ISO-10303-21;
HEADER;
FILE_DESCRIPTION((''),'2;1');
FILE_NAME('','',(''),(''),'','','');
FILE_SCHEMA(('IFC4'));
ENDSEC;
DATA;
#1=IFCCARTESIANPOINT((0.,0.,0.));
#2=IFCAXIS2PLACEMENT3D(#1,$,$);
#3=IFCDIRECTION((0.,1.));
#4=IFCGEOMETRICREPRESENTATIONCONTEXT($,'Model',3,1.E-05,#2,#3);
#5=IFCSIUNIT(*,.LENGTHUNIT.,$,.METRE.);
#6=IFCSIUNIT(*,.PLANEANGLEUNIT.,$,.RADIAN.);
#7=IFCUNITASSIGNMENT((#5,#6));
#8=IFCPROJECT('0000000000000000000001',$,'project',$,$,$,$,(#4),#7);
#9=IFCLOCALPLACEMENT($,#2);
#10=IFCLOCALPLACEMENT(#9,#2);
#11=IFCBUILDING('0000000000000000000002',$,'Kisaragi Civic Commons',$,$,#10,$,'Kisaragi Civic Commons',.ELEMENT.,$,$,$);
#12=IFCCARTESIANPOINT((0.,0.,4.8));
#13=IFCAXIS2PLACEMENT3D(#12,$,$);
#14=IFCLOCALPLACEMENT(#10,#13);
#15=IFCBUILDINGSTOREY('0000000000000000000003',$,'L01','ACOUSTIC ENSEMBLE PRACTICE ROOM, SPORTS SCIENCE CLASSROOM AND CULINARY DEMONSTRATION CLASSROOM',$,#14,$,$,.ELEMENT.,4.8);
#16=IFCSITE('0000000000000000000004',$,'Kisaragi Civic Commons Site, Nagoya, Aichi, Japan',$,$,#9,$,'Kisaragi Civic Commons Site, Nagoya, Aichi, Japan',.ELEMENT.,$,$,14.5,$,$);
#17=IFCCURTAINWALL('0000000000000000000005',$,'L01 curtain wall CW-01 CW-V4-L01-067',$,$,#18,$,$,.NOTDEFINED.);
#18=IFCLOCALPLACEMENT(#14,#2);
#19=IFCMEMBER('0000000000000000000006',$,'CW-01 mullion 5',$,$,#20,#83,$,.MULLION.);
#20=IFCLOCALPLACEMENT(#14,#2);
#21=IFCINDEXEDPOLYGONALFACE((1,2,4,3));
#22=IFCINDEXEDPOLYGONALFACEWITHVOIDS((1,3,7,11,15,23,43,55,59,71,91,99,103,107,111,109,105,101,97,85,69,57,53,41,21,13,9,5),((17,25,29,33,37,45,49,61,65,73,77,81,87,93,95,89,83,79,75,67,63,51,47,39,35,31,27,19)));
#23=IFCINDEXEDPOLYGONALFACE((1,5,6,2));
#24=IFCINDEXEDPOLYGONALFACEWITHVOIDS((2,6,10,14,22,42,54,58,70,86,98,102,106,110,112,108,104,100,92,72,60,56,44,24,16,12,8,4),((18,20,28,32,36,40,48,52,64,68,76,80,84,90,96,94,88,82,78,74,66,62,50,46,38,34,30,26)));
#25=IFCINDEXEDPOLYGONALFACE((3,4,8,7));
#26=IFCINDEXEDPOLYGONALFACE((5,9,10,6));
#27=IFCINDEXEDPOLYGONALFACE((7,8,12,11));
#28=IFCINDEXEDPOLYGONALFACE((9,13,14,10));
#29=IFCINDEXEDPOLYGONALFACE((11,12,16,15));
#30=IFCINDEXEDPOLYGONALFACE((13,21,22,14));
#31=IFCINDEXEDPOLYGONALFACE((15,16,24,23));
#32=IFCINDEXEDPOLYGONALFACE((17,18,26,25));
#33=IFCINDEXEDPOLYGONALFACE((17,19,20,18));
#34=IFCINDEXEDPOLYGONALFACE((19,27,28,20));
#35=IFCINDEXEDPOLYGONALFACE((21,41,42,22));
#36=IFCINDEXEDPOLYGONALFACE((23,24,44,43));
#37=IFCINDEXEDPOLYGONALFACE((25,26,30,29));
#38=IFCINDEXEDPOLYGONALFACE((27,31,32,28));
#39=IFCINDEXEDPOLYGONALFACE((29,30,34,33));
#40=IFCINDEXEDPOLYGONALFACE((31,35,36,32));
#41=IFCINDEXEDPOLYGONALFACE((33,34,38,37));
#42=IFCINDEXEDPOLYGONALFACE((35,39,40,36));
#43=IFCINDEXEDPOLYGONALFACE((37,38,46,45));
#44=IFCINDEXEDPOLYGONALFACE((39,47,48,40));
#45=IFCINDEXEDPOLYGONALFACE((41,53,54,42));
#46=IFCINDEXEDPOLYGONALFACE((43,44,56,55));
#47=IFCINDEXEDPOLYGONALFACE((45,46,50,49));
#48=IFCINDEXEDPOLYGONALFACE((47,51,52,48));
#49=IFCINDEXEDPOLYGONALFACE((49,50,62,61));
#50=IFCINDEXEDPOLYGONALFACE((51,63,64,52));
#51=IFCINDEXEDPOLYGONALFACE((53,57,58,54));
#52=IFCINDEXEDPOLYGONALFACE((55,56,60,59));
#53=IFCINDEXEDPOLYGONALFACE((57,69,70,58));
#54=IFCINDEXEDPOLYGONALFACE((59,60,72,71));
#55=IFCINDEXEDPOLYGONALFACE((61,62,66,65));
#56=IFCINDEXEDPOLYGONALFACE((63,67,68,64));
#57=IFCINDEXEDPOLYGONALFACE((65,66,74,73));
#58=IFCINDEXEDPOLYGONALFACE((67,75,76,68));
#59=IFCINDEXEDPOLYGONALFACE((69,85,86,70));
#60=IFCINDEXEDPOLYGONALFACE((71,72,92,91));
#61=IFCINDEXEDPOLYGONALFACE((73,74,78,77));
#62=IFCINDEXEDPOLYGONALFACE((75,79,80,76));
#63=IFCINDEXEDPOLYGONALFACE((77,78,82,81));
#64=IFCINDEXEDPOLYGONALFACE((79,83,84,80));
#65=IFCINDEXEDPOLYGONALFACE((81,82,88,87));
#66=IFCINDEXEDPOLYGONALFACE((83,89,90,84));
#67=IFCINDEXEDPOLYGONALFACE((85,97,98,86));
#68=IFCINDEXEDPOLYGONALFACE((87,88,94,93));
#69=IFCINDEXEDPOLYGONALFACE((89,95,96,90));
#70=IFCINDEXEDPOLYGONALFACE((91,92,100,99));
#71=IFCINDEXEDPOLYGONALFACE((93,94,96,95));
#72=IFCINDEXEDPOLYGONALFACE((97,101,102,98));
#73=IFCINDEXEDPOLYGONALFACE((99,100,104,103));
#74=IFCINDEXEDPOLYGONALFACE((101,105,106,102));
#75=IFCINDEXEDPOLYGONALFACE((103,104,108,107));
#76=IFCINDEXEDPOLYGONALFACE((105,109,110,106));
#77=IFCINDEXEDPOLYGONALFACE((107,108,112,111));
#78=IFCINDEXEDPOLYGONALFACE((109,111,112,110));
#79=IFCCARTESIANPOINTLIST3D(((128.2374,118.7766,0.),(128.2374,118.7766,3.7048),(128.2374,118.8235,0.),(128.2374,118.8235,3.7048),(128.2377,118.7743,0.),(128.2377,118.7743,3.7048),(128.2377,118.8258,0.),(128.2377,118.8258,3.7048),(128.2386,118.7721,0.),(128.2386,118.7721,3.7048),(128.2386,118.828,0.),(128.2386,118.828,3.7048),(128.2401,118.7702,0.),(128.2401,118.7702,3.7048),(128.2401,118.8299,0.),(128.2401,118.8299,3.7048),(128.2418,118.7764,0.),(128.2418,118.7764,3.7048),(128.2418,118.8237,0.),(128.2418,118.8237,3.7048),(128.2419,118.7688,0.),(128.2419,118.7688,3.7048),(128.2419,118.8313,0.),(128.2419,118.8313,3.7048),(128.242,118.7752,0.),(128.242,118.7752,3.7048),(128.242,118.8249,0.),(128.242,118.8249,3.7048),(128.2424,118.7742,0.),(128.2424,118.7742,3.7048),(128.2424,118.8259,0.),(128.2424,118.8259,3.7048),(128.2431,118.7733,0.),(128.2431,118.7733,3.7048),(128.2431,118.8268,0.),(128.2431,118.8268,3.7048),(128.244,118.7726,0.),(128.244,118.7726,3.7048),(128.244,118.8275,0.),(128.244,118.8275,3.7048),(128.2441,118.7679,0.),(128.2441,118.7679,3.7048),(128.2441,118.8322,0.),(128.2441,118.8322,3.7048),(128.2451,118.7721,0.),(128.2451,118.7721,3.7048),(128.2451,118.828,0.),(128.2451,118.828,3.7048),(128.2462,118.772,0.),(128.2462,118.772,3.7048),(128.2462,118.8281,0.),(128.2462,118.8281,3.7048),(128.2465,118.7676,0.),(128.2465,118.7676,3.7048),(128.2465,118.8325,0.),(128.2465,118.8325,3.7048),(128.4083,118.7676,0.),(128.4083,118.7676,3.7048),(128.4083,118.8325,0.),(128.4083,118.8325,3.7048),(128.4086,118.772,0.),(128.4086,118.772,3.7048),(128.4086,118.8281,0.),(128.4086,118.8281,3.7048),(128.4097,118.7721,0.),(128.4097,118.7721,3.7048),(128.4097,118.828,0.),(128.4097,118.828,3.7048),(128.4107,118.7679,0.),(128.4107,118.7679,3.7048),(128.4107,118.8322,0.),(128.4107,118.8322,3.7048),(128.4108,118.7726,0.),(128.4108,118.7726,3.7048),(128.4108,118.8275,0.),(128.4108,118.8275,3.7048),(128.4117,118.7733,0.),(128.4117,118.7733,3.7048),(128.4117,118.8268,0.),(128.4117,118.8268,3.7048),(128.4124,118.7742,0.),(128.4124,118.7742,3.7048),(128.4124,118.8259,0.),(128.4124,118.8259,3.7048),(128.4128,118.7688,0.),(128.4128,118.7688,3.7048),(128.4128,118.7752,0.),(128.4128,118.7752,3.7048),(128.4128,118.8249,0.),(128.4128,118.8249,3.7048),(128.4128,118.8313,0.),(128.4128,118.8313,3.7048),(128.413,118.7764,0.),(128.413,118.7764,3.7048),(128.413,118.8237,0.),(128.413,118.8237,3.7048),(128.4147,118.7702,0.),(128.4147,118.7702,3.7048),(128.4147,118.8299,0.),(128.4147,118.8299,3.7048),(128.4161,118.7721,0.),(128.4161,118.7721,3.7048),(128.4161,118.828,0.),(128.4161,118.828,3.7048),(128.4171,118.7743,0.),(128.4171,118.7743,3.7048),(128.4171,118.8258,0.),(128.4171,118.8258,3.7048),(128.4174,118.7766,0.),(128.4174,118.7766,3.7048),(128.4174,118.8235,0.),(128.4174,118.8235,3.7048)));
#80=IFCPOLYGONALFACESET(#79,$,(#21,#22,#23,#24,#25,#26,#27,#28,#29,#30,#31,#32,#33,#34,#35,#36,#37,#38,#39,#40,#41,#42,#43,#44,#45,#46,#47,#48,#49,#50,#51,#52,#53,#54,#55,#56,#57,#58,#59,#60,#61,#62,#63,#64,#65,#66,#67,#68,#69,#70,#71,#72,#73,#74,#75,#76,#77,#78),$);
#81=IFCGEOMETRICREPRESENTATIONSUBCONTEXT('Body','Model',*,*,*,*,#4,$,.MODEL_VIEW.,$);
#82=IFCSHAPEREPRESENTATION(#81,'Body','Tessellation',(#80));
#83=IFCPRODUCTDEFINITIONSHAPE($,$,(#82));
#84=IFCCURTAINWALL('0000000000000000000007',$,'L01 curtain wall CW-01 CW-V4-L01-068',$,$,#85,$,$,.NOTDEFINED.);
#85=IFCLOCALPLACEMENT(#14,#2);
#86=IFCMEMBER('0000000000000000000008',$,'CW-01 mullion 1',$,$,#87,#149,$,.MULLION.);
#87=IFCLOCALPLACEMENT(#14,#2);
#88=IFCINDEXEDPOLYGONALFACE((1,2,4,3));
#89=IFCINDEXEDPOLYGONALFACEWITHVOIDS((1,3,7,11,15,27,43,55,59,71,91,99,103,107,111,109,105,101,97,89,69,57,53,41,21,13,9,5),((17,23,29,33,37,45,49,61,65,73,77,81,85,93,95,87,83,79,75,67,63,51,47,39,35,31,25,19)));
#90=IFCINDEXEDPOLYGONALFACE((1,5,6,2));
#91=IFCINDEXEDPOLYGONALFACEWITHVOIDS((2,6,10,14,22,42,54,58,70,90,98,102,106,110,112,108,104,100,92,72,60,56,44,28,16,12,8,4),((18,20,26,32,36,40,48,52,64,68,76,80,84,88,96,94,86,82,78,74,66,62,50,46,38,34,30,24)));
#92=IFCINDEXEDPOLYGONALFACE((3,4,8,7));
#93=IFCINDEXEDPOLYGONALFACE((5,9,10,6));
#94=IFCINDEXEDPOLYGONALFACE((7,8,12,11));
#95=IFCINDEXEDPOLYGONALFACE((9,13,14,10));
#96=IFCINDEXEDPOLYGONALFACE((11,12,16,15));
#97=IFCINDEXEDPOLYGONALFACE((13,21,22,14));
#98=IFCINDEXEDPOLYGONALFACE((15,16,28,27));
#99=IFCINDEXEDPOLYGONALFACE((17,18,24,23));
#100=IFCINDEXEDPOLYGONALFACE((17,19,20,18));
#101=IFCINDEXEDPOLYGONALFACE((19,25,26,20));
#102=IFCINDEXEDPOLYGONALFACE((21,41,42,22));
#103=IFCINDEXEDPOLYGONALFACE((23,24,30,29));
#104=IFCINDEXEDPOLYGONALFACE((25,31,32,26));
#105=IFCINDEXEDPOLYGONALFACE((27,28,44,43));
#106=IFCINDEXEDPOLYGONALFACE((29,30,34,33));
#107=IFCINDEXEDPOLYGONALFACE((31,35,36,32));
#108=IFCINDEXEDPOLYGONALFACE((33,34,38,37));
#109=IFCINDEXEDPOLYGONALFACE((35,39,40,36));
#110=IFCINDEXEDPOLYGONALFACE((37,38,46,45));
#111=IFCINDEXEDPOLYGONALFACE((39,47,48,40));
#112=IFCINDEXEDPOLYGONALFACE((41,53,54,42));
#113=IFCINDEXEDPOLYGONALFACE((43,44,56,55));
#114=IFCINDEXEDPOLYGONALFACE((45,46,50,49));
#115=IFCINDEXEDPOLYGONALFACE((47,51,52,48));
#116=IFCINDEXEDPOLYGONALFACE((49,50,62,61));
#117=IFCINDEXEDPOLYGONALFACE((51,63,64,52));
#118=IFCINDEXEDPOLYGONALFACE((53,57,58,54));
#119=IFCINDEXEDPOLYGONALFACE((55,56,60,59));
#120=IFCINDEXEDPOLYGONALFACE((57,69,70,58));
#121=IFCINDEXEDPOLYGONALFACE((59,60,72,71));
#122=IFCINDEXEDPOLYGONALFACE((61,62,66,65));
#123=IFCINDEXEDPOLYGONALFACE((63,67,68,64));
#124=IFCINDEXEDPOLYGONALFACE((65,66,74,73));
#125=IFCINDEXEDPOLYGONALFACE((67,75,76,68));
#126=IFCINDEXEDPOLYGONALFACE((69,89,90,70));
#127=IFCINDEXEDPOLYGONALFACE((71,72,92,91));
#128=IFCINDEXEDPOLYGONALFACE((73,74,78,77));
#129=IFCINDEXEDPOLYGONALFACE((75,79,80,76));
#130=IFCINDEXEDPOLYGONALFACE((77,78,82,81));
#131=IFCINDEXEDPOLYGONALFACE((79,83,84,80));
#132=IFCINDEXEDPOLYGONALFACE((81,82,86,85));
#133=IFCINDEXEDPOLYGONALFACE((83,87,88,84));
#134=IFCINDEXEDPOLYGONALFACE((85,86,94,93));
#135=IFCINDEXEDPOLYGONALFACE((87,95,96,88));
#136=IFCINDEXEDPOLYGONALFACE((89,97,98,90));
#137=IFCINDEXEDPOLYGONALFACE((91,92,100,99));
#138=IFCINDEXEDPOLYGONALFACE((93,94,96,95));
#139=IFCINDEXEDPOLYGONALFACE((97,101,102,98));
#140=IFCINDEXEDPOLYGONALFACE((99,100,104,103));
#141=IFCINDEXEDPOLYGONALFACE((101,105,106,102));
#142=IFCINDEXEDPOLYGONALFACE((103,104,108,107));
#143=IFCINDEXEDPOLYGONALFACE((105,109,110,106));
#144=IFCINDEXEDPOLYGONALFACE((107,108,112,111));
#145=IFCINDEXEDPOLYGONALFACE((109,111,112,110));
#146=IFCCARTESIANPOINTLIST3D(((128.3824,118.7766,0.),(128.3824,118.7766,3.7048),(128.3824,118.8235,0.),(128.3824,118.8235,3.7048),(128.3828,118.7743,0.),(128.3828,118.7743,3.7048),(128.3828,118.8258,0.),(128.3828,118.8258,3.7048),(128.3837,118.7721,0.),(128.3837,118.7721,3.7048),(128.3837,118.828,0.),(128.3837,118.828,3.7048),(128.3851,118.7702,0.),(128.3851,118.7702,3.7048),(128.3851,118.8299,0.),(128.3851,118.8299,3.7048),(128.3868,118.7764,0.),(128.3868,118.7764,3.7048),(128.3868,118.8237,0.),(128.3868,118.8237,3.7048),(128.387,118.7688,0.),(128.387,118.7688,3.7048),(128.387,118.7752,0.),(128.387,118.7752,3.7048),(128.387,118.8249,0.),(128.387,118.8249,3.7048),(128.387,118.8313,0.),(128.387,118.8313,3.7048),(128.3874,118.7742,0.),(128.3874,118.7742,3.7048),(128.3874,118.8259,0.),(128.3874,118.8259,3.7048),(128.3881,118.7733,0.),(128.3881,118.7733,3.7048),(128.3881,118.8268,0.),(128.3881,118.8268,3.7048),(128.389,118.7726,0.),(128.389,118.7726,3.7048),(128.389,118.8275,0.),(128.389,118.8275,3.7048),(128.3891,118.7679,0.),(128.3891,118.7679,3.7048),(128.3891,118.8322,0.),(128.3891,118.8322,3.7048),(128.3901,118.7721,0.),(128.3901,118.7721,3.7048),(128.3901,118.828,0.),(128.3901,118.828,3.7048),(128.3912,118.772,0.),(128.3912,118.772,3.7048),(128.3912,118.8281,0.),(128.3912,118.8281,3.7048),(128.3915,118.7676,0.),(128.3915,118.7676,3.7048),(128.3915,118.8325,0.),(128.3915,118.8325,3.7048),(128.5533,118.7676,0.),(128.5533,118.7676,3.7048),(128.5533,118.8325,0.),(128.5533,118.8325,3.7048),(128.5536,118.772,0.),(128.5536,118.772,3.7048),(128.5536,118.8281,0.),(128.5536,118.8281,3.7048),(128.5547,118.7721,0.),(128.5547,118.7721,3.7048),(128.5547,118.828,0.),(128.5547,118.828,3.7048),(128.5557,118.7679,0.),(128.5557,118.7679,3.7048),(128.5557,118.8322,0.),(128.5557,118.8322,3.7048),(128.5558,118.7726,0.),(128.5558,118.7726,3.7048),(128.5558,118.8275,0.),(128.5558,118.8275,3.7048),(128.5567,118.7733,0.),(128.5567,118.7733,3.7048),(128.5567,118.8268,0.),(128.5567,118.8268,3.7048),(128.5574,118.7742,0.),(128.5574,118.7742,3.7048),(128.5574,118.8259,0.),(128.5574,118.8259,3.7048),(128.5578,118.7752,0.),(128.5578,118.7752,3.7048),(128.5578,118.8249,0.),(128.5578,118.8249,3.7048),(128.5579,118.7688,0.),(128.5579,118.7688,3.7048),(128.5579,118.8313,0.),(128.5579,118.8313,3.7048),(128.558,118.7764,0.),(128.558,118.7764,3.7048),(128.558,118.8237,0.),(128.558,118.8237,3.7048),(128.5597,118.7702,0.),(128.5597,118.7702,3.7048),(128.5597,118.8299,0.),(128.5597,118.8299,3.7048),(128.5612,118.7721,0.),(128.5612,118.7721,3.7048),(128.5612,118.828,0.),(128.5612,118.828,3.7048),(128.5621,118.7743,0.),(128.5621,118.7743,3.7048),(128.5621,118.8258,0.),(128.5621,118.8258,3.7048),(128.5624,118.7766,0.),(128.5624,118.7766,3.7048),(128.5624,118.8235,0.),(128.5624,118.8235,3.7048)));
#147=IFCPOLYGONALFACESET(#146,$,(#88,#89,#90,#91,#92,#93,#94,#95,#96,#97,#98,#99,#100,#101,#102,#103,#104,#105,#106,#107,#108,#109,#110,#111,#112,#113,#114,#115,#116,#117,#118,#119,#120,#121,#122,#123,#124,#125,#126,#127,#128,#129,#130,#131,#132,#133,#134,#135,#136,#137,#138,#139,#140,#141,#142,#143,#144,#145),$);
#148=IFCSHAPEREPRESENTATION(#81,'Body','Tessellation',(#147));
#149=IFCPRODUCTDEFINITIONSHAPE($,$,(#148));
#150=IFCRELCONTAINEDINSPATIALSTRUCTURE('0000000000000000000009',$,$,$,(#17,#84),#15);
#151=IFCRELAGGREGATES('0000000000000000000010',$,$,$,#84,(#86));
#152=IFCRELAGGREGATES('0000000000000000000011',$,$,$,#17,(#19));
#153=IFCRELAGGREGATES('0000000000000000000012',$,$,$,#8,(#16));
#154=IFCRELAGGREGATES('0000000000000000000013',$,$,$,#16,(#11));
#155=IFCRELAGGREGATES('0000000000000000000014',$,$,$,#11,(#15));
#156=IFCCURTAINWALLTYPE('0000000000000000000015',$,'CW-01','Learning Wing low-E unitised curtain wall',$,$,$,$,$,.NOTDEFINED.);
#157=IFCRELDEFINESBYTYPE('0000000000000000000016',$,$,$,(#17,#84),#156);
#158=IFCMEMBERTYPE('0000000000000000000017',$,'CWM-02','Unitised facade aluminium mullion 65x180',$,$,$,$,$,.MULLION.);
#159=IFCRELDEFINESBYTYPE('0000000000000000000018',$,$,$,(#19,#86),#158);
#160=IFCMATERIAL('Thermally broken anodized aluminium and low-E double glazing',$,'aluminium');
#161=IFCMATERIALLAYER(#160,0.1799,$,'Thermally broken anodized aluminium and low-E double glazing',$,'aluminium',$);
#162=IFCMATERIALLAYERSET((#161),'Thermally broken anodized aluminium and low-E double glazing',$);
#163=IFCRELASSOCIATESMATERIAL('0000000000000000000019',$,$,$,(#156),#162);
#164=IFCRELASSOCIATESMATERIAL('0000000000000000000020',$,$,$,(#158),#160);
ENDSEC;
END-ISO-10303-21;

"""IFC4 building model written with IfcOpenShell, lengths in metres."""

from ifc_helpers import new_model, si_unit, direction, frame, origin, origin_2d, place, context, subcontext, project, spatial, hollow_rectangle, extrude, material, layer, layer_set, material_profile, profile_set, type_object, element, aggregate, save


model = new_model("IFC4")

# Units and contexts
model_context = context("Model", 3, precision=1e-05, world=origin(), true_north=direction((0.0, 1.0)))
body_context = subcontext(model_context, "Body", "Model", "MODEL_VIEW")
ifc_project = project(units=[si_unit("LENGTHUNIT", "METRE"), si_unit("PLANEANGLEUNIT", "RADIAN")], contexts=[model_context])

# Site, building, storey
site_placement = place(None, origin())
site = spatial("IfcSite", under=ifc_project, at=site_placement, Name="Kisaragi Civic Commons Site, Nagoya, Aichi, Japan", LongName="Kisaragi Civic Commons Site, Nagoya, Aichi, Japan", CompositionType="ELEMENT", RefElevation=14.5)
building_placement = place(site_placement, origin())
building = spatial("IfcBuilding", under=site, at=building_placement, Name="Kisaragi Civic Commons", LongName="Kisaragi Civic Commons", CompositionType="ELEMENT")
storey_placement = place(building_placement, frame((0.0, 0.0, 4.8)))
storey = spatial("IfcBuildingStorey", under=building, at=storey_placement, Name="L01", Description="ACOUSTIC ENSEMBLE PRACTICE ROOM, SPORTS SCIENCE CLASSROOM AND CULINARY DEMONSTRATION CLASSROOM", CompositionType="ELEMENT", Elevation=4.8)

# Curtain wall, member
ifc_material = material(Name="Thermally broken anodized aluminium and low-E double glazing", Category="aluminium")
ifc_layer_1 = layer(ifc_material, 0.1799, Name="Thermally broken anodized aluminium and low-E double glazing", Category="aluminium")
ifc_layer_set_1 = layer_set([ifc_layer_1], Name="Thermally broken anodized aluminium and low-E double glazing")
curtain_wall_type = type_object("IfcCurtainWallType", Name="CW-01", Description="Learning Wing low-E unitised curtain wall", PredefinedType="NOTDEFINED", material=ifc_layer_set_1)
curtain_wall_1_placement = place(storey_placement, origin())
curtain_wall_1 = element("IfcCurtainWall", 1, at=curtain_wall_1_placement, inside=storey, type_object=curtain_wall_type, Name="L01 curtain wall CW-01 CW-V4-L01-067", PredefinedType="NOTDEFINED")
ifc_material_profile_1 = material_profile(ifc_material, hollow_rectangle(XDim=0.0649, YDim=0.1799, WallThickness=0.0044, InnerFilletRadius=0.0044, OuterFilletRadius=0.009, at=origin_2d()), Name="CWM-65x180x4.5", Category="aluminium")
ifc_profile_set_1 = profile_set([ifc_material_profile_1], Name="Thermally broken anodized aluminium and low-E double glazing")
member_type_1 = type_object("IfcMemberType", Name="CWM-02", Description="Unitised facade aluminium mullion 65x180", PredefinedType="MULLION", material=ifc_profile_set_1)
member_1_placement = place(storey_placement, frame((128.3274, 118.8, 0.0), z_axis=(0.0, 0.0, 1.0), x_axis=(0.0, 1.0, 0.0)))
member_1 = element("IfcMember", 2, at=member_1_placement, type_object=member_type_1, Name="CW-01 mullion 5", PredefinedType="MULLION", context=body_context, shape_type="SweptSolid", body=[
    extrude(hollow_rectangle(XDim=0.0649, YDim=0.1799, WallThickness=0.0044, InnerFilletRadius=0.0044, OuterFilletRadius=0.009, at=origin_2d()), origin(), (0.0, 0.0, 1.0), 3.7048),
])

# Curtain wall, member
curtain_wall_2_placement = place(storey_placement, origin())
curtain_wall_2 = element("IfcCurtainWall", 3, at=curtain_wall_2_placement, inside=storey, type_object=curtain_wall_type, Name="L01 curtain wall CW-01 CW-V4-L01-068", PredefinedType="NOTDEFINED")
member_2_placement = place(storey_placement, frame((128.4724, 118.8, 0.0), z_axis=(0.0, 0.0, 1.0), x_axis=(0.0, 1.0, 0.0)))
member_2 = element("IfcMember", 4, at=member_2_placement, type_object=member_type_1, Name="CW-01 mullion 1", PredefinedType="MULLION", context=body_context, shape_type="SweptSolid", body=[
    extrude(hollow_rectangle(XDim=0.0649, YDim=0.1799, WallThickness=0.0044, InnerFilletRadius=0.0044, OuterFilletRadius=0.009, at=origin_2d()), origin(), (0.0, 0.0, 1.0), 3.7048),
])

aggregate(curtain_wall_2, [member_2])

aggregate(curtain_wall_1, [member_1])

save(model, "model.ifc")
